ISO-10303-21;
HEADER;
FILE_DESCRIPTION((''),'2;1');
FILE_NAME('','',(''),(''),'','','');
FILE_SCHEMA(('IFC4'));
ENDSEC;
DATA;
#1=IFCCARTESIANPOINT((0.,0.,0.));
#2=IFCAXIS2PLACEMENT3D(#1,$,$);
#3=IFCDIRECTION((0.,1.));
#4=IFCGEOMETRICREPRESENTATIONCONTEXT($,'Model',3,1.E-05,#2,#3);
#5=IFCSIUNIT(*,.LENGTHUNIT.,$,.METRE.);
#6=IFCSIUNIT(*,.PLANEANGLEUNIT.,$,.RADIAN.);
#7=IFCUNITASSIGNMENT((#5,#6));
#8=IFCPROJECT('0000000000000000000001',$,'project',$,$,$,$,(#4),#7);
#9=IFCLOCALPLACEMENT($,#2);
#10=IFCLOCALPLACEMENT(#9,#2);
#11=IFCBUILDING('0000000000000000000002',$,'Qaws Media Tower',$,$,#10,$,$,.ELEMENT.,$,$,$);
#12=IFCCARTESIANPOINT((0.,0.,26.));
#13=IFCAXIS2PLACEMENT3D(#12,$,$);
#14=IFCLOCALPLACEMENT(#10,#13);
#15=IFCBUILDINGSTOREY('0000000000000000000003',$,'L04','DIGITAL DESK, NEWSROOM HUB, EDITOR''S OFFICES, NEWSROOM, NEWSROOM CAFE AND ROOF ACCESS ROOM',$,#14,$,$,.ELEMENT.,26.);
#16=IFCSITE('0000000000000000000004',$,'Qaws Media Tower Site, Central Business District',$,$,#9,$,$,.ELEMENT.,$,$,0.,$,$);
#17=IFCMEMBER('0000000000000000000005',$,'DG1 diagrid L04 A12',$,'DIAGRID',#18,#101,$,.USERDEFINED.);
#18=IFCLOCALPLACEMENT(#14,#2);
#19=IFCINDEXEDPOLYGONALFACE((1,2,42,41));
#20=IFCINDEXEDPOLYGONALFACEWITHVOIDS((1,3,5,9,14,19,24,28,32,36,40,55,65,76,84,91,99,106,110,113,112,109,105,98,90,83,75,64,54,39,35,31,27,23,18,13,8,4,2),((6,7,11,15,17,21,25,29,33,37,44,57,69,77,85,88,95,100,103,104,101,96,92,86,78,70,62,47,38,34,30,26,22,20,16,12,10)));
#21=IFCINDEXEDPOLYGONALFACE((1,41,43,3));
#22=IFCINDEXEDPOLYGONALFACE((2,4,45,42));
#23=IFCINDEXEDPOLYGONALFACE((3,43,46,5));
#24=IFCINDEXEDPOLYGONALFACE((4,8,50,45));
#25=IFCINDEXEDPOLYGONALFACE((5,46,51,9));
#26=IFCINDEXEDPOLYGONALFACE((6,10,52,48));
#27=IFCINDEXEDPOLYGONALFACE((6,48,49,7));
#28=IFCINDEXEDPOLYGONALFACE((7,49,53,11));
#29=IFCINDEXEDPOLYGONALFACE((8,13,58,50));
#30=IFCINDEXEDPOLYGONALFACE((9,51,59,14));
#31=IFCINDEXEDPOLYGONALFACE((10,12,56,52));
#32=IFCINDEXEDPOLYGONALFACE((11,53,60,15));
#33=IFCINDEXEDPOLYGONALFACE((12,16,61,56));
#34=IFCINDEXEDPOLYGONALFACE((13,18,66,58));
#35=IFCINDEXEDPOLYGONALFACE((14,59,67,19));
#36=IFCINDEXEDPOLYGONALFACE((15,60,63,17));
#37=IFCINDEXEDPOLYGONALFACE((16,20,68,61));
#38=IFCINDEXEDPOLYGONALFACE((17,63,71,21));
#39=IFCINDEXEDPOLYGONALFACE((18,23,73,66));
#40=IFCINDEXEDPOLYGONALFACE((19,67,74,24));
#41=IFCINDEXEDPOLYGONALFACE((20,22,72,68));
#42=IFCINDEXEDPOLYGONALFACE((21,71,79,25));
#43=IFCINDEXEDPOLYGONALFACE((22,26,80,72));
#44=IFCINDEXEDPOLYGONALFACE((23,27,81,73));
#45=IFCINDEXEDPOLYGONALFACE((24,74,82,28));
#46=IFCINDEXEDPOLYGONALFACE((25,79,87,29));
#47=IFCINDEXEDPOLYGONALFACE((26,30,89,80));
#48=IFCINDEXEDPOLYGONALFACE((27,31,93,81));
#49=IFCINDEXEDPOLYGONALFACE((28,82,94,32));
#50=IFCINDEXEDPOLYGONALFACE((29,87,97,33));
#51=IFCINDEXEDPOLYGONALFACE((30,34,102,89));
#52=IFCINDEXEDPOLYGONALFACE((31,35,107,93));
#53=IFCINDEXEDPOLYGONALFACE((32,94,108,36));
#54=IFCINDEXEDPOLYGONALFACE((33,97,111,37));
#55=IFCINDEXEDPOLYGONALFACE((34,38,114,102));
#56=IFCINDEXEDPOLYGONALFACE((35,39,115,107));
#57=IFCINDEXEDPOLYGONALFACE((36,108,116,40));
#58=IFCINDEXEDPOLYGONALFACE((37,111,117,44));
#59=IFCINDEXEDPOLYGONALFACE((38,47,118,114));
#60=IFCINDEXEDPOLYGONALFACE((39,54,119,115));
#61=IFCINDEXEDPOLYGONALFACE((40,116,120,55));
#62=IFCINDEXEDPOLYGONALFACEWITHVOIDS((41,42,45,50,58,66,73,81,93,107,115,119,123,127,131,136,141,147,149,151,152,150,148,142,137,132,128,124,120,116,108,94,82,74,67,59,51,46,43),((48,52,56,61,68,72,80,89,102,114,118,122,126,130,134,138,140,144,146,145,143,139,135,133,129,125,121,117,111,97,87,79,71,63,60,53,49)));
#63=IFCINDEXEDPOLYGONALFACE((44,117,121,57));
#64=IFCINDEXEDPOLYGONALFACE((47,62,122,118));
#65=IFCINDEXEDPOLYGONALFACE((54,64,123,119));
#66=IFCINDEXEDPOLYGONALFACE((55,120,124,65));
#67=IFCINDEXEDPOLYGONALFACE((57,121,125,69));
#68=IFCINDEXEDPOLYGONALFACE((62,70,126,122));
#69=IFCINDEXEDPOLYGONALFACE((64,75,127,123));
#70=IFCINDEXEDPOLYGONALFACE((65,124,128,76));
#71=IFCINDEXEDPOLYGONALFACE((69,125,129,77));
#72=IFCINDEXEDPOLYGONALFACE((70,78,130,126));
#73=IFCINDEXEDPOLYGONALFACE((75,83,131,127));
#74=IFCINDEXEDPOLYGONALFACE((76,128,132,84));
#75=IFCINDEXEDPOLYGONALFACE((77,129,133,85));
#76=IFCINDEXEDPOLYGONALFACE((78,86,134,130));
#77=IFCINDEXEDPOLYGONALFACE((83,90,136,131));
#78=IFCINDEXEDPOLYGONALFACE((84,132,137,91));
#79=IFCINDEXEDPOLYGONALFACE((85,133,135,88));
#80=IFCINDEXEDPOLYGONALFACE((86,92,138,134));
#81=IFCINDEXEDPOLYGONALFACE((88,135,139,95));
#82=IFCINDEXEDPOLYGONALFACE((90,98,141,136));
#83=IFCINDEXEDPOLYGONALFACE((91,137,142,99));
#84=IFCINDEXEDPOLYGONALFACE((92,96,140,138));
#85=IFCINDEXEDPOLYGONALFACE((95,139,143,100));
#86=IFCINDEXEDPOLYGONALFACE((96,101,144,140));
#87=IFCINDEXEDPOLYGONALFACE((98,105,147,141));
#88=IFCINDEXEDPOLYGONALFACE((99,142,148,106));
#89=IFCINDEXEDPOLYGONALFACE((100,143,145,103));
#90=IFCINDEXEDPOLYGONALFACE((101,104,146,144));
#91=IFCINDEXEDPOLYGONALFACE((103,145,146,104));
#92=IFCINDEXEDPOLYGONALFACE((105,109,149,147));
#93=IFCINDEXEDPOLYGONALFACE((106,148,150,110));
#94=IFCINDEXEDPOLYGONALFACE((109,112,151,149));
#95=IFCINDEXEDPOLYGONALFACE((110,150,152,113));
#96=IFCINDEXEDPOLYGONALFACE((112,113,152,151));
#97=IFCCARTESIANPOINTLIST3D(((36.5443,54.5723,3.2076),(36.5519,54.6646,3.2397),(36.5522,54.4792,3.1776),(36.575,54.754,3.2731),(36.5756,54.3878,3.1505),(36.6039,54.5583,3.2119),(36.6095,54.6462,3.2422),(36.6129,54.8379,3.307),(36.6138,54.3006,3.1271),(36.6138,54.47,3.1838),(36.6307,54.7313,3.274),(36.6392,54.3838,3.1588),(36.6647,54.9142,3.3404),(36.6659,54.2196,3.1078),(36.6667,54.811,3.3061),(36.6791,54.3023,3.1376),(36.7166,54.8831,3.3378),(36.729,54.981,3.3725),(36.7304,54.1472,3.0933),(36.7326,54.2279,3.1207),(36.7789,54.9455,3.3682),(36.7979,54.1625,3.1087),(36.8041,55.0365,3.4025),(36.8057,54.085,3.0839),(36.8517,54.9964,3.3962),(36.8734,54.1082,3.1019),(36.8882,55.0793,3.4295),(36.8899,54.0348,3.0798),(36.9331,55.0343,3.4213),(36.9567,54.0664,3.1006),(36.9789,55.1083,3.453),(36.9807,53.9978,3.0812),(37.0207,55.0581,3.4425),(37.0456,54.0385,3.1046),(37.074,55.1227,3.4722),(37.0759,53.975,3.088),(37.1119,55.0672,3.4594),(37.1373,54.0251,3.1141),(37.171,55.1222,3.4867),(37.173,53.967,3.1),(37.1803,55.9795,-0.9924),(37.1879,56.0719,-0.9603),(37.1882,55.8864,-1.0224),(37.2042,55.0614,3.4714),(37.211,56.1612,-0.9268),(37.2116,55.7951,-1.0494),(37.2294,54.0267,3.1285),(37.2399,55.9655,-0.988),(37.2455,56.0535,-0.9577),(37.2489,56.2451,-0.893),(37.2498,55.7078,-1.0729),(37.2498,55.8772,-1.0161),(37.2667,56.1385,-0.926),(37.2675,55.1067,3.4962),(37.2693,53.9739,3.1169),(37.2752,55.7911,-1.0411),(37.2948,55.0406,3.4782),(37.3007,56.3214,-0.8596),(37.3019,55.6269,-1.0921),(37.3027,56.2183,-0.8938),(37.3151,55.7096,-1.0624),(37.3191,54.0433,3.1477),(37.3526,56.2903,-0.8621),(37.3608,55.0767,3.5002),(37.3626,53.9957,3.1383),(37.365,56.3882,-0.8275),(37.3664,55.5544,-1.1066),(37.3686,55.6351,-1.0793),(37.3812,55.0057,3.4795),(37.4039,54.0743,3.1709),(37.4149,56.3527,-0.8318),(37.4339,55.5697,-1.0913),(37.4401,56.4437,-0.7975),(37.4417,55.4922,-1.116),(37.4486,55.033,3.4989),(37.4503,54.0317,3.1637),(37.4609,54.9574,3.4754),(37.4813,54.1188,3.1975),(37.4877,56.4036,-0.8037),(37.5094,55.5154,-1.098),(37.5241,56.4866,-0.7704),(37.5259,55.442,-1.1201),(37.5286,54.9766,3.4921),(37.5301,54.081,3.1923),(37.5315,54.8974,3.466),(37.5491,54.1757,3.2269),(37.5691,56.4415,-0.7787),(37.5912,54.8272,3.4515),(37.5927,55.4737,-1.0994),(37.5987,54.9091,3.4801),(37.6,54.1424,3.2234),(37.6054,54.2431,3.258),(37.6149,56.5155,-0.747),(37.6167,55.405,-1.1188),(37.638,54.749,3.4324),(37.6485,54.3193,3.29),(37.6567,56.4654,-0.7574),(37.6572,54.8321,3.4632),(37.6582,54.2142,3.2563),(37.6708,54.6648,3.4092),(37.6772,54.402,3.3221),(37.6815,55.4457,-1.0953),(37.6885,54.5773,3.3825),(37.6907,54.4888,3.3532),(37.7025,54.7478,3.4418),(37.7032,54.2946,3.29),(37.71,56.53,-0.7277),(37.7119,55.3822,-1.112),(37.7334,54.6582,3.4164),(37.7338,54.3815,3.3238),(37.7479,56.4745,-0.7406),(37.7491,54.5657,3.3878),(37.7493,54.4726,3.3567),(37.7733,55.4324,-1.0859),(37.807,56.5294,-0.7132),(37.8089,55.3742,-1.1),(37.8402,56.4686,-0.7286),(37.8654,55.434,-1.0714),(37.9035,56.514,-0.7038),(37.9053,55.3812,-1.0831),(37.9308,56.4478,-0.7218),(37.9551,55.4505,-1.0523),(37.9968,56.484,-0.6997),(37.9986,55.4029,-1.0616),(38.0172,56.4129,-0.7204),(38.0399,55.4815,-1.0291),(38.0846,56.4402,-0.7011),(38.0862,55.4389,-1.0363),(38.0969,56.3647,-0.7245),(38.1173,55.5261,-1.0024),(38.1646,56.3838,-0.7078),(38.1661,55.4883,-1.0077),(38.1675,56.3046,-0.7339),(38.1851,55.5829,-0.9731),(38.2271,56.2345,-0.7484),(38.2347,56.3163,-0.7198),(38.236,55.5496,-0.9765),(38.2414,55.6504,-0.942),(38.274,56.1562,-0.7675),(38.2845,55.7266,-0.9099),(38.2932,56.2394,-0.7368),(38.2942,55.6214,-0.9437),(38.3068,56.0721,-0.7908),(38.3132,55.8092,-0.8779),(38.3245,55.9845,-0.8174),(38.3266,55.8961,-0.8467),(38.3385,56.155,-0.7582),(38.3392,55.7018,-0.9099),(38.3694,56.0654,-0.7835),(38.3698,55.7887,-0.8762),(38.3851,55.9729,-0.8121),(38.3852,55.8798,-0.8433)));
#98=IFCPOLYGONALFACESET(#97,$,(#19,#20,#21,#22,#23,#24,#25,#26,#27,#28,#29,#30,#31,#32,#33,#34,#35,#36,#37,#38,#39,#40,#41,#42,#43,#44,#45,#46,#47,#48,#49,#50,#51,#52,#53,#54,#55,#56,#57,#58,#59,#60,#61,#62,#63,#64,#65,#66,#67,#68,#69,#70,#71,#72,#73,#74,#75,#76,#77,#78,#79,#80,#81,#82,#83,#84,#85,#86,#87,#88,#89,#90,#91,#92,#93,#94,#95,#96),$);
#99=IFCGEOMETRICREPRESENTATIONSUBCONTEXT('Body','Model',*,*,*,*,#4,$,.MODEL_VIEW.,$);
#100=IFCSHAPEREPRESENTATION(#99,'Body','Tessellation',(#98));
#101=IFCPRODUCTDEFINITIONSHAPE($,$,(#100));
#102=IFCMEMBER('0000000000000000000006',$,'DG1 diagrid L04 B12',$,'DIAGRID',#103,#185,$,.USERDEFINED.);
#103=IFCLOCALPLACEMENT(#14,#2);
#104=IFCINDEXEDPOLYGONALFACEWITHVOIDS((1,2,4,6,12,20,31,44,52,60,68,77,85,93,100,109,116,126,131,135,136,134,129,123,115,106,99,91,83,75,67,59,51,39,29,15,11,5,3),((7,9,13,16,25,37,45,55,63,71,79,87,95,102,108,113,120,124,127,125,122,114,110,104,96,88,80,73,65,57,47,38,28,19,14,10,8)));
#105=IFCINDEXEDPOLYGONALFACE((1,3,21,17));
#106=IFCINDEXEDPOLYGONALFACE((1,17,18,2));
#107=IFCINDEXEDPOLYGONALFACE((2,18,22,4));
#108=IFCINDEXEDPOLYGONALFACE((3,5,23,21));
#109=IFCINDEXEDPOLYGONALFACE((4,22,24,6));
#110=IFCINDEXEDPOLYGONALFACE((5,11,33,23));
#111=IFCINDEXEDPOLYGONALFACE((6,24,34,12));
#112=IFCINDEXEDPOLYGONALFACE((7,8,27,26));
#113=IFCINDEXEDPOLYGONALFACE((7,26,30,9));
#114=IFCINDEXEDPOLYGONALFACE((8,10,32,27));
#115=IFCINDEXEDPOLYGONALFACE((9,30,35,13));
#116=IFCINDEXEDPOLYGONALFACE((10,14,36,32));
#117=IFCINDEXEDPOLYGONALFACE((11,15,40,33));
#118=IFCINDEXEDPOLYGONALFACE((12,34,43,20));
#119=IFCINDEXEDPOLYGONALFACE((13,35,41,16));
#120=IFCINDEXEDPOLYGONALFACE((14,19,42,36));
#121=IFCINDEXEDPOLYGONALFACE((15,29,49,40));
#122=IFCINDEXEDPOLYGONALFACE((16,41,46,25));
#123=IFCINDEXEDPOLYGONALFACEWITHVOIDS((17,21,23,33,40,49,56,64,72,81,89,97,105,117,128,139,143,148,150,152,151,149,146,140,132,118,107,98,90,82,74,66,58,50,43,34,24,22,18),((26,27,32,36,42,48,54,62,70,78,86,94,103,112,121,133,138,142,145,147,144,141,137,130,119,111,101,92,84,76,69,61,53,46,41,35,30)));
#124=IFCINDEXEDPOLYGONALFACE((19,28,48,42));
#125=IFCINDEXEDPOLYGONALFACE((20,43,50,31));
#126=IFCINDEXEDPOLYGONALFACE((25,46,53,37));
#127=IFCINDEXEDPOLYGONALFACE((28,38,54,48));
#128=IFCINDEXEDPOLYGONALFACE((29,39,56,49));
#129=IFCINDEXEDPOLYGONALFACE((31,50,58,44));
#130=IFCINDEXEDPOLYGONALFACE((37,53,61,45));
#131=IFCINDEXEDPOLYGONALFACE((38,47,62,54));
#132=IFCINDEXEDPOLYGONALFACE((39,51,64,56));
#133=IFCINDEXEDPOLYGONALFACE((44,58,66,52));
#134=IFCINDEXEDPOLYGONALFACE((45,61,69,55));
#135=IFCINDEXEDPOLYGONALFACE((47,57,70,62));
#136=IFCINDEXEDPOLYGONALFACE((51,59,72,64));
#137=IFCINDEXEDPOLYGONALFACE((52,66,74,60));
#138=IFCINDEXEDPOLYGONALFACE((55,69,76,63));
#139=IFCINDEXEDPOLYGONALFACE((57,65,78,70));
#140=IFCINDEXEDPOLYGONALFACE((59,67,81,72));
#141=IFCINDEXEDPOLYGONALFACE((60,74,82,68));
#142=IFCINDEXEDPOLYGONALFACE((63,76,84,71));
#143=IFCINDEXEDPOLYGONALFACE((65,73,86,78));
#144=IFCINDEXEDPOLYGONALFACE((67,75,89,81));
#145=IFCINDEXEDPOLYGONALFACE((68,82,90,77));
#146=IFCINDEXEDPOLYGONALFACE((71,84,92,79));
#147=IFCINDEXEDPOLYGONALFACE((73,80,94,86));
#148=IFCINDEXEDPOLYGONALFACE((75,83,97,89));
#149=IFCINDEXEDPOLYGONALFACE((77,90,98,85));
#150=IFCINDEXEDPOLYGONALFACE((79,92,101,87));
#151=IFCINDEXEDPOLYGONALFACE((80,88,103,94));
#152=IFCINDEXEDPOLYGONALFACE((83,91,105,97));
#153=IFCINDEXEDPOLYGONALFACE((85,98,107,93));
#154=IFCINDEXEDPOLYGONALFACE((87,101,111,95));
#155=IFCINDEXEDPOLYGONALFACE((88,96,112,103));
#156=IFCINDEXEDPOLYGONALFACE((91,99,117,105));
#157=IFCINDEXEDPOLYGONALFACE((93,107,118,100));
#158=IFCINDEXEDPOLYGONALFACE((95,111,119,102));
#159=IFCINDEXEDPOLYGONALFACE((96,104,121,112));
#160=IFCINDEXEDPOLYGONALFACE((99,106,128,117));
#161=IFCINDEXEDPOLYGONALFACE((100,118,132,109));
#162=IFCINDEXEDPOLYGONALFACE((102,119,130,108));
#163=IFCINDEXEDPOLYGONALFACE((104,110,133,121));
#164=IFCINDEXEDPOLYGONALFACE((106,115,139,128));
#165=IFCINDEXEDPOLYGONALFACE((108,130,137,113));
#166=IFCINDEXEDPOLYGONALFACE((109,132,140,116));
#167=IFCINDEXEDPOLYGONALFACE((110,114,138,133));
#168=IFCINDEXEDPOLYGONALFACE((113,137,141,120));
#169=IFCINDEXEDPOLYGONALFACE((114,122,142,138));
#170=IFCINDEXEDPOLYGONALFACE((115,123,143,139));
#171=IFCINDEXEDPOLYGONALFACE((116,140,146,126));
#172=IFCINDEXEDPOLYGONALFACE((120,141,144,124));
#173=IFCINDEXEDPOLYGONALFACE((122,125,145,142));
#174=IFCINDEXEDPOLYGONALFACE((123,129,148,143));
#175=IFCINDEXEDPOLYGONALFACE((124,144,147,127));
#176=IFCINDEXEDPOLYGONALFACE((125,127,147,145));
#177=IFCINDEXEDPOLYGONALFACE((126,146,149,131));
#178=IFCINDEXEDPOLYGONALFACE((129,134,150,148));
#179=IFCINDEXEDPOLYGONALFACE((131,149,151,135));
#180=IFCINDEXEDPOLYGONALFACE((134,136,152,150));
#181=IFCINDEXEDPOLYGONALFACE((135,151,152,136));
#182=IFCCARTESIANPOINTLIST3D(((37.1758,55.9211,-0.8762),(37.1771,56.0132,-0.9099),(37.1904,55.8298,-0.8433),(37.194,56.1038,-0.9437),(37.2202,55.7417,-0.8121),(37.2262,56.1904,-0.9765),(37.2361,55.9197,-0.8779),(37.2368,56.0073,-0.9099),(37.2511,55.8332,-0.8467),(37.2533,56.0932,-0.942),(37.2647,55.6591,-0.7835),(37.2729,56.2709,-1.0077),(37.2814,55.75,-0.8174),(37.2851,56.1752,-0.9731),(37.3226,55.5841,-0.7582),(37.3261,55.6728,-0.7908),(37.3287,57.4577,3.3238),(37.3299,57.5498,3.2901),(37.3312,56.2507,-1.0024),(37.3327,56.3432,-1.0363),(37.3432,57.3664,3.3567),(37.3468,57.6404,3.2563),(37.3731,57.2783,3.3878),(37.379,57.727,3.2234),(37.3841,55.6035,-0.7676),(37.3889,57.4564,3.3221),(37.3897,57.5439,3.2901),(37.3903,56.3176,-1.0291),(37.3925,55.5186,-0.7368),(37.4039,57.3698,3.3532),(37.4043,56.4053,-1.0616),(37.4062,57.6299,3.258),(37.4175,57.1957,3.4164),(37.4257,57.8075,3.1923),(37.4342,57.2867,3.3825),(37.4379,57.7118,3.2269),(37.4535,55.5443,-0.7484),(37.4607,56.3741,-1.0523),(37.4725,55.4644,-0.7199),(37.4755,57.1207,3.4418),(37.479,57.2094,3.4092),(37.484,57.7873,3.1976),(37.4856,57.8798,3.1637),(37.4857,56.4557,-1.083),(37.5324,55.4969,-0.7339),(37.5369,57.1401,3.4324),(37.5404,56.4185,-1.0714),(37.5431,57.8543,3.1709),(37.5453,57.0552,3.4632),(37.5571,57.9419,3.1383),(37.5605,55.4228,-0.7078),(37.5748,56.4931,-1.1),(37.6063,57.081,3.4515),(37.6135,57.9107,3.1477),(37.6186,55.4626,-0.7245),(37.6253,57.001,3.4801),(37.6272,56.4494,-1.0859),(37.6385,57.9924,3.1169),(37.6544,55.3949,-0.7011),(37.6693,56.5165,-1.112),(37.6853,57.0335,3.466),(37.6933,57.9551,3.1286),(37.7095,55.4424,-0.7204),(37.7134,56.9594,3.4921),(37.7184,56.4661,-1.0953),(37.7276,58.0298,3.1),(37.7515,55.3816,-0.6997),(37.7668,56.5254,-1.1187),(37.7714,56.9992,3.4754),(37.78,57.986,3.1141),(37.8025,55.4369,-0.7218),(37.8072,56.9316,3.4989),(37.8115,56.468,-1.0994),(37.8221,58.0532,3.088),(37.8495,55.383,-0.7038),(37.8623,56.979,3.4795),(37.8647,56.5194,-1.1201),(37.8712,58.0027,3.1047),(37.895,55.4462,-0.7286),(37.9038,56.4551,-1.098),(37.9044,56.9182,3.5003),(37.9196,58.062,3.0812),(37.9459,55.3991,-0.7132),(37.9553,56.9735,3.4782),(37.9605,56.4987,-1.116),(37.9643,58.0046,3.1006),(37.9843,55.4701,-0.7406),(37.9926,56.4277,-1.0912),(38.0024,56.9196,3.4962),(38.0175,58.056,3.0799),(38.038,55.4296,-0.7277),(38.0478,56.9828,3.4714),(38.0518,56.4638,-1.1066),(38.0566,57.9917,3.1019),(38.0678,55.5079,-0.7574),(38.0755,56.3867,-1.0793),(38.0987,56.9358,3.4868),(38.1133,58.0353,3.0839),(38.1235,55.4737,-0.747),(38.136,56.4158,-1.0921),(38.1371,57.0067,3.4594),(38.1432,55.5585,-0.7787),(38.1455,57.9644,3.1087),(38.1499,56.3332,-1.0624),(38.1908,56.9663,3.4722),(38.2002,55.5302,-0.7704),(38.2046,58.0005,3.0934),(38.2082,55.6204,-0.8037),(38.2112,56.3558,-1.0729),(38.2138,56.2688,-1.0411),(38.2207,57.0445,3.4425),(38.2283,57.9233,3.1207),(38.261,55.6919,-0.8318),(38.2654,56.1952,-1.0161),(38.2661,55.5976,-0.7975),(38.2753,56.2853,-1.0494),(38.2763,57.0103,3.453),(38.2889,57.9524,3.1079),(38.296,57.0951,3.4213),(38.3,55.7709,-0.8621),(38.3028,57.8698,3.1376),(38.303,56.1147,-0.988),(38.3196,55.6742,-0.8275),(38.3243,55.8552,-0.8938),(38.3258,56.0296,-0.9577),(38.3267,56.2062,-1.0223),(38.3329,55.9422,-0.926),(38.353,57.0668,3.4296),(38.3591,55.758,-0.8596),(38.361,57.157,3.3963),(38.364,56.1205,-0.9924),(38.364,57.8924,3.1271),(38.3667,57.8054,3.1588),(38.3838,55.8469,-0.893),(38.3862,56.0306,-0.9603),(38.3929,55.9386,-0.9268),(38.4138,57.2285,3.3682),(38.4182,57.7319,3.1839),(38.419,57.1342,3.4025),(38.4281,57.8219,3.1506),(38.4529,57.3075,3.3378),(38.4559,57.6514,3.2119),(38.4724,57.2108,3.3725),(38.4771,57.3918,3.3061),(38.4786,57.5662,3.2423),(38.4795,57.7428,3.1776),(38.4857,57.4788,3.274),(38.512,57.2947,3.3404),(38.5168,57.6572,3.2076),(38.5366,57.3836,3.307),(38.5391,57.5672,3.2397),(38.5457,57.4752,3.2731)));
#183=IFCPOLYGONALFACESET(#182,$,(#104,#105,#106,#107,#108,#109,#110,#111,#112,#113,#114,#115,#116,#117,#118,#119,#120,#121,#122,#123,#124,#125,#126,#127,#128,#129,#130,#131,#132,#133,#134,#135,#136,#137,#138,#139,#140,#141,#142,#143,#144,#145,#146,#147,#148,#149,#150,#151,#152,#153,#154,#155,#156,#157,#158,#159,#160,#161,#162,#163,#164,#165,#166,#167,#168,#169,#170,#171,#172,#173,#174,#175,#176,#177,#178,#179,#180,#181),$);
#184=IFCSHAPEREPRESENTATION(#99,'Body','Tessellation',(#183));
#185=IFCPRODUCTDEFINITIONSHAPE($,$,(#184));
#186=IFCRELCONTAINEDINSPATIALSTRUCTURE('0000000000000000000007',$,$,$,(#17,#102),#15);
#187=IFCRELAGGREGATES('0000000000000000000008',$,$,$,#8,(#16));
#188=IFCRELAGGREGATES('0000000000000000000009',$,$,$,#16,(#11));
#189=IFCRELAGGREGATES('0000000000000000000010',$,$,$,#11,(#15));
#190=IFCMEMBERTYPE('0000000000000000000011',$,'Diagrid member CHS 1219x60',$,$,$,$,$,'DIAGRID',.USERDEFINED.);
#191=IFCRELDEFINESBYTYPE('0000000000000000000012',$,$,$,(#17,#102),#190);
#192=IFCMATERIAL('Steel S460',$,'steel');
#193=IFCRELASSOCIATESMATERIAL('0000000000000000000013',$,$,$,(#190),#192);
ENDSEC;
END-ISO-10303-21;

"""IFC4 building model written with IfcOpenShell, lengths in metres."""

from ifc_helpers import new_model, si_unit, direction, frame, origin, origin_2d, place, context, subcontext, project, spatial, hollow_circle, extrude, material, material_profile, profile_set, type_object, element, save


model = new_model("IFC4")

# Units and contexts
model_context = context("Model", 3, precision=1e-05, world=origin(), true_north=direction((0.0, 1.0)))
body_context = subcontext(model_context, "Body", "Model", "MODEL_VIEW")
ifc_project = project(units=[si_unit("LENGTHUNIT", "METRE"), si_unit("PLANEANGLEUNIT", "RADIAN")], contexts=[model_context])

# Site, building, storey
site_placement = place(None, origin())
site = spatial("IfcSite", under=ifc_project, at=site_placement, Name="Qaws Media Tower Site, Central Business District", CompositionType="ELEMENT", RefElevation=0.0)
building_placement = place(site_placement, origin())
building = spatial("IfcBuilding", under=site, at=building_placement, Name="Qaws Media Tower", CompositionType="ELEMENT")
storey_placement = place(building_placement, frame((0.0, 0.0, 26.0)))
storey = spatial("IfcBuildingStorey", under=building, at=storey_placement, Name="L04", Description="DIGITAL DESK, NEWSROOM HUB, EDITOR'S OFFICES, NEWSROOM, NEWSROOM CAFE AND ROOF ACCESS ROOM", CompositionType="ELEMENT", Elevation=26.0)

# Members
ifc_material_1 = material(Name="Steel S460", Category="steel")
ifc_material_profile_1 = material_profile(ifc_material_1, hollow_circle(Radius=0.6096, WallThickness=0.0601, at=origin_2d()), Name="CHS 1219x60")
ifc_profile_set_1 = profile_set([ifc_material_profile_1], Name="Steel S460")
member_type = type_object("IfcMemberType", Name="Diagrid member CHS 1219x60", ElementType="DIAGRID", PredefinedType="USERDEFINED", material=ifc_profile_set_1)
for number, where, z_axis, x_axis, name in (
    (1, (37.7837, 55.9529, -0.9099), (-0.142124, -0.314474, 0.938566), (0.911258, -0.411837, 0.0), "DG1 diagrid L04 A12"),
    (2, (37.7837, 55.9529, -0.9099), (0.034154, 0.343392, 0.938571), (-0.99509, 0.098971, 0.0), "DG1 diagrid L04 B12"),
):
    element("IfcMember", number, at=place(storey_placement, frame(where, z_axis=z_axis, x_axis=x_axis)), inside=storey, type_object=member_type, Name=name, ObjectType="DIAGRID", PredefinedType="USERDEFINED", context=body_context, shape_type="SweptSolid", body=[
        extrude(hollow_circle(Radius=0.6096, WallThickness=0.0601, at=origin_2d()), origin(), (0.0, 0.0, 1.0), 4.4749),
    ])

save(model, "model.ifc")
